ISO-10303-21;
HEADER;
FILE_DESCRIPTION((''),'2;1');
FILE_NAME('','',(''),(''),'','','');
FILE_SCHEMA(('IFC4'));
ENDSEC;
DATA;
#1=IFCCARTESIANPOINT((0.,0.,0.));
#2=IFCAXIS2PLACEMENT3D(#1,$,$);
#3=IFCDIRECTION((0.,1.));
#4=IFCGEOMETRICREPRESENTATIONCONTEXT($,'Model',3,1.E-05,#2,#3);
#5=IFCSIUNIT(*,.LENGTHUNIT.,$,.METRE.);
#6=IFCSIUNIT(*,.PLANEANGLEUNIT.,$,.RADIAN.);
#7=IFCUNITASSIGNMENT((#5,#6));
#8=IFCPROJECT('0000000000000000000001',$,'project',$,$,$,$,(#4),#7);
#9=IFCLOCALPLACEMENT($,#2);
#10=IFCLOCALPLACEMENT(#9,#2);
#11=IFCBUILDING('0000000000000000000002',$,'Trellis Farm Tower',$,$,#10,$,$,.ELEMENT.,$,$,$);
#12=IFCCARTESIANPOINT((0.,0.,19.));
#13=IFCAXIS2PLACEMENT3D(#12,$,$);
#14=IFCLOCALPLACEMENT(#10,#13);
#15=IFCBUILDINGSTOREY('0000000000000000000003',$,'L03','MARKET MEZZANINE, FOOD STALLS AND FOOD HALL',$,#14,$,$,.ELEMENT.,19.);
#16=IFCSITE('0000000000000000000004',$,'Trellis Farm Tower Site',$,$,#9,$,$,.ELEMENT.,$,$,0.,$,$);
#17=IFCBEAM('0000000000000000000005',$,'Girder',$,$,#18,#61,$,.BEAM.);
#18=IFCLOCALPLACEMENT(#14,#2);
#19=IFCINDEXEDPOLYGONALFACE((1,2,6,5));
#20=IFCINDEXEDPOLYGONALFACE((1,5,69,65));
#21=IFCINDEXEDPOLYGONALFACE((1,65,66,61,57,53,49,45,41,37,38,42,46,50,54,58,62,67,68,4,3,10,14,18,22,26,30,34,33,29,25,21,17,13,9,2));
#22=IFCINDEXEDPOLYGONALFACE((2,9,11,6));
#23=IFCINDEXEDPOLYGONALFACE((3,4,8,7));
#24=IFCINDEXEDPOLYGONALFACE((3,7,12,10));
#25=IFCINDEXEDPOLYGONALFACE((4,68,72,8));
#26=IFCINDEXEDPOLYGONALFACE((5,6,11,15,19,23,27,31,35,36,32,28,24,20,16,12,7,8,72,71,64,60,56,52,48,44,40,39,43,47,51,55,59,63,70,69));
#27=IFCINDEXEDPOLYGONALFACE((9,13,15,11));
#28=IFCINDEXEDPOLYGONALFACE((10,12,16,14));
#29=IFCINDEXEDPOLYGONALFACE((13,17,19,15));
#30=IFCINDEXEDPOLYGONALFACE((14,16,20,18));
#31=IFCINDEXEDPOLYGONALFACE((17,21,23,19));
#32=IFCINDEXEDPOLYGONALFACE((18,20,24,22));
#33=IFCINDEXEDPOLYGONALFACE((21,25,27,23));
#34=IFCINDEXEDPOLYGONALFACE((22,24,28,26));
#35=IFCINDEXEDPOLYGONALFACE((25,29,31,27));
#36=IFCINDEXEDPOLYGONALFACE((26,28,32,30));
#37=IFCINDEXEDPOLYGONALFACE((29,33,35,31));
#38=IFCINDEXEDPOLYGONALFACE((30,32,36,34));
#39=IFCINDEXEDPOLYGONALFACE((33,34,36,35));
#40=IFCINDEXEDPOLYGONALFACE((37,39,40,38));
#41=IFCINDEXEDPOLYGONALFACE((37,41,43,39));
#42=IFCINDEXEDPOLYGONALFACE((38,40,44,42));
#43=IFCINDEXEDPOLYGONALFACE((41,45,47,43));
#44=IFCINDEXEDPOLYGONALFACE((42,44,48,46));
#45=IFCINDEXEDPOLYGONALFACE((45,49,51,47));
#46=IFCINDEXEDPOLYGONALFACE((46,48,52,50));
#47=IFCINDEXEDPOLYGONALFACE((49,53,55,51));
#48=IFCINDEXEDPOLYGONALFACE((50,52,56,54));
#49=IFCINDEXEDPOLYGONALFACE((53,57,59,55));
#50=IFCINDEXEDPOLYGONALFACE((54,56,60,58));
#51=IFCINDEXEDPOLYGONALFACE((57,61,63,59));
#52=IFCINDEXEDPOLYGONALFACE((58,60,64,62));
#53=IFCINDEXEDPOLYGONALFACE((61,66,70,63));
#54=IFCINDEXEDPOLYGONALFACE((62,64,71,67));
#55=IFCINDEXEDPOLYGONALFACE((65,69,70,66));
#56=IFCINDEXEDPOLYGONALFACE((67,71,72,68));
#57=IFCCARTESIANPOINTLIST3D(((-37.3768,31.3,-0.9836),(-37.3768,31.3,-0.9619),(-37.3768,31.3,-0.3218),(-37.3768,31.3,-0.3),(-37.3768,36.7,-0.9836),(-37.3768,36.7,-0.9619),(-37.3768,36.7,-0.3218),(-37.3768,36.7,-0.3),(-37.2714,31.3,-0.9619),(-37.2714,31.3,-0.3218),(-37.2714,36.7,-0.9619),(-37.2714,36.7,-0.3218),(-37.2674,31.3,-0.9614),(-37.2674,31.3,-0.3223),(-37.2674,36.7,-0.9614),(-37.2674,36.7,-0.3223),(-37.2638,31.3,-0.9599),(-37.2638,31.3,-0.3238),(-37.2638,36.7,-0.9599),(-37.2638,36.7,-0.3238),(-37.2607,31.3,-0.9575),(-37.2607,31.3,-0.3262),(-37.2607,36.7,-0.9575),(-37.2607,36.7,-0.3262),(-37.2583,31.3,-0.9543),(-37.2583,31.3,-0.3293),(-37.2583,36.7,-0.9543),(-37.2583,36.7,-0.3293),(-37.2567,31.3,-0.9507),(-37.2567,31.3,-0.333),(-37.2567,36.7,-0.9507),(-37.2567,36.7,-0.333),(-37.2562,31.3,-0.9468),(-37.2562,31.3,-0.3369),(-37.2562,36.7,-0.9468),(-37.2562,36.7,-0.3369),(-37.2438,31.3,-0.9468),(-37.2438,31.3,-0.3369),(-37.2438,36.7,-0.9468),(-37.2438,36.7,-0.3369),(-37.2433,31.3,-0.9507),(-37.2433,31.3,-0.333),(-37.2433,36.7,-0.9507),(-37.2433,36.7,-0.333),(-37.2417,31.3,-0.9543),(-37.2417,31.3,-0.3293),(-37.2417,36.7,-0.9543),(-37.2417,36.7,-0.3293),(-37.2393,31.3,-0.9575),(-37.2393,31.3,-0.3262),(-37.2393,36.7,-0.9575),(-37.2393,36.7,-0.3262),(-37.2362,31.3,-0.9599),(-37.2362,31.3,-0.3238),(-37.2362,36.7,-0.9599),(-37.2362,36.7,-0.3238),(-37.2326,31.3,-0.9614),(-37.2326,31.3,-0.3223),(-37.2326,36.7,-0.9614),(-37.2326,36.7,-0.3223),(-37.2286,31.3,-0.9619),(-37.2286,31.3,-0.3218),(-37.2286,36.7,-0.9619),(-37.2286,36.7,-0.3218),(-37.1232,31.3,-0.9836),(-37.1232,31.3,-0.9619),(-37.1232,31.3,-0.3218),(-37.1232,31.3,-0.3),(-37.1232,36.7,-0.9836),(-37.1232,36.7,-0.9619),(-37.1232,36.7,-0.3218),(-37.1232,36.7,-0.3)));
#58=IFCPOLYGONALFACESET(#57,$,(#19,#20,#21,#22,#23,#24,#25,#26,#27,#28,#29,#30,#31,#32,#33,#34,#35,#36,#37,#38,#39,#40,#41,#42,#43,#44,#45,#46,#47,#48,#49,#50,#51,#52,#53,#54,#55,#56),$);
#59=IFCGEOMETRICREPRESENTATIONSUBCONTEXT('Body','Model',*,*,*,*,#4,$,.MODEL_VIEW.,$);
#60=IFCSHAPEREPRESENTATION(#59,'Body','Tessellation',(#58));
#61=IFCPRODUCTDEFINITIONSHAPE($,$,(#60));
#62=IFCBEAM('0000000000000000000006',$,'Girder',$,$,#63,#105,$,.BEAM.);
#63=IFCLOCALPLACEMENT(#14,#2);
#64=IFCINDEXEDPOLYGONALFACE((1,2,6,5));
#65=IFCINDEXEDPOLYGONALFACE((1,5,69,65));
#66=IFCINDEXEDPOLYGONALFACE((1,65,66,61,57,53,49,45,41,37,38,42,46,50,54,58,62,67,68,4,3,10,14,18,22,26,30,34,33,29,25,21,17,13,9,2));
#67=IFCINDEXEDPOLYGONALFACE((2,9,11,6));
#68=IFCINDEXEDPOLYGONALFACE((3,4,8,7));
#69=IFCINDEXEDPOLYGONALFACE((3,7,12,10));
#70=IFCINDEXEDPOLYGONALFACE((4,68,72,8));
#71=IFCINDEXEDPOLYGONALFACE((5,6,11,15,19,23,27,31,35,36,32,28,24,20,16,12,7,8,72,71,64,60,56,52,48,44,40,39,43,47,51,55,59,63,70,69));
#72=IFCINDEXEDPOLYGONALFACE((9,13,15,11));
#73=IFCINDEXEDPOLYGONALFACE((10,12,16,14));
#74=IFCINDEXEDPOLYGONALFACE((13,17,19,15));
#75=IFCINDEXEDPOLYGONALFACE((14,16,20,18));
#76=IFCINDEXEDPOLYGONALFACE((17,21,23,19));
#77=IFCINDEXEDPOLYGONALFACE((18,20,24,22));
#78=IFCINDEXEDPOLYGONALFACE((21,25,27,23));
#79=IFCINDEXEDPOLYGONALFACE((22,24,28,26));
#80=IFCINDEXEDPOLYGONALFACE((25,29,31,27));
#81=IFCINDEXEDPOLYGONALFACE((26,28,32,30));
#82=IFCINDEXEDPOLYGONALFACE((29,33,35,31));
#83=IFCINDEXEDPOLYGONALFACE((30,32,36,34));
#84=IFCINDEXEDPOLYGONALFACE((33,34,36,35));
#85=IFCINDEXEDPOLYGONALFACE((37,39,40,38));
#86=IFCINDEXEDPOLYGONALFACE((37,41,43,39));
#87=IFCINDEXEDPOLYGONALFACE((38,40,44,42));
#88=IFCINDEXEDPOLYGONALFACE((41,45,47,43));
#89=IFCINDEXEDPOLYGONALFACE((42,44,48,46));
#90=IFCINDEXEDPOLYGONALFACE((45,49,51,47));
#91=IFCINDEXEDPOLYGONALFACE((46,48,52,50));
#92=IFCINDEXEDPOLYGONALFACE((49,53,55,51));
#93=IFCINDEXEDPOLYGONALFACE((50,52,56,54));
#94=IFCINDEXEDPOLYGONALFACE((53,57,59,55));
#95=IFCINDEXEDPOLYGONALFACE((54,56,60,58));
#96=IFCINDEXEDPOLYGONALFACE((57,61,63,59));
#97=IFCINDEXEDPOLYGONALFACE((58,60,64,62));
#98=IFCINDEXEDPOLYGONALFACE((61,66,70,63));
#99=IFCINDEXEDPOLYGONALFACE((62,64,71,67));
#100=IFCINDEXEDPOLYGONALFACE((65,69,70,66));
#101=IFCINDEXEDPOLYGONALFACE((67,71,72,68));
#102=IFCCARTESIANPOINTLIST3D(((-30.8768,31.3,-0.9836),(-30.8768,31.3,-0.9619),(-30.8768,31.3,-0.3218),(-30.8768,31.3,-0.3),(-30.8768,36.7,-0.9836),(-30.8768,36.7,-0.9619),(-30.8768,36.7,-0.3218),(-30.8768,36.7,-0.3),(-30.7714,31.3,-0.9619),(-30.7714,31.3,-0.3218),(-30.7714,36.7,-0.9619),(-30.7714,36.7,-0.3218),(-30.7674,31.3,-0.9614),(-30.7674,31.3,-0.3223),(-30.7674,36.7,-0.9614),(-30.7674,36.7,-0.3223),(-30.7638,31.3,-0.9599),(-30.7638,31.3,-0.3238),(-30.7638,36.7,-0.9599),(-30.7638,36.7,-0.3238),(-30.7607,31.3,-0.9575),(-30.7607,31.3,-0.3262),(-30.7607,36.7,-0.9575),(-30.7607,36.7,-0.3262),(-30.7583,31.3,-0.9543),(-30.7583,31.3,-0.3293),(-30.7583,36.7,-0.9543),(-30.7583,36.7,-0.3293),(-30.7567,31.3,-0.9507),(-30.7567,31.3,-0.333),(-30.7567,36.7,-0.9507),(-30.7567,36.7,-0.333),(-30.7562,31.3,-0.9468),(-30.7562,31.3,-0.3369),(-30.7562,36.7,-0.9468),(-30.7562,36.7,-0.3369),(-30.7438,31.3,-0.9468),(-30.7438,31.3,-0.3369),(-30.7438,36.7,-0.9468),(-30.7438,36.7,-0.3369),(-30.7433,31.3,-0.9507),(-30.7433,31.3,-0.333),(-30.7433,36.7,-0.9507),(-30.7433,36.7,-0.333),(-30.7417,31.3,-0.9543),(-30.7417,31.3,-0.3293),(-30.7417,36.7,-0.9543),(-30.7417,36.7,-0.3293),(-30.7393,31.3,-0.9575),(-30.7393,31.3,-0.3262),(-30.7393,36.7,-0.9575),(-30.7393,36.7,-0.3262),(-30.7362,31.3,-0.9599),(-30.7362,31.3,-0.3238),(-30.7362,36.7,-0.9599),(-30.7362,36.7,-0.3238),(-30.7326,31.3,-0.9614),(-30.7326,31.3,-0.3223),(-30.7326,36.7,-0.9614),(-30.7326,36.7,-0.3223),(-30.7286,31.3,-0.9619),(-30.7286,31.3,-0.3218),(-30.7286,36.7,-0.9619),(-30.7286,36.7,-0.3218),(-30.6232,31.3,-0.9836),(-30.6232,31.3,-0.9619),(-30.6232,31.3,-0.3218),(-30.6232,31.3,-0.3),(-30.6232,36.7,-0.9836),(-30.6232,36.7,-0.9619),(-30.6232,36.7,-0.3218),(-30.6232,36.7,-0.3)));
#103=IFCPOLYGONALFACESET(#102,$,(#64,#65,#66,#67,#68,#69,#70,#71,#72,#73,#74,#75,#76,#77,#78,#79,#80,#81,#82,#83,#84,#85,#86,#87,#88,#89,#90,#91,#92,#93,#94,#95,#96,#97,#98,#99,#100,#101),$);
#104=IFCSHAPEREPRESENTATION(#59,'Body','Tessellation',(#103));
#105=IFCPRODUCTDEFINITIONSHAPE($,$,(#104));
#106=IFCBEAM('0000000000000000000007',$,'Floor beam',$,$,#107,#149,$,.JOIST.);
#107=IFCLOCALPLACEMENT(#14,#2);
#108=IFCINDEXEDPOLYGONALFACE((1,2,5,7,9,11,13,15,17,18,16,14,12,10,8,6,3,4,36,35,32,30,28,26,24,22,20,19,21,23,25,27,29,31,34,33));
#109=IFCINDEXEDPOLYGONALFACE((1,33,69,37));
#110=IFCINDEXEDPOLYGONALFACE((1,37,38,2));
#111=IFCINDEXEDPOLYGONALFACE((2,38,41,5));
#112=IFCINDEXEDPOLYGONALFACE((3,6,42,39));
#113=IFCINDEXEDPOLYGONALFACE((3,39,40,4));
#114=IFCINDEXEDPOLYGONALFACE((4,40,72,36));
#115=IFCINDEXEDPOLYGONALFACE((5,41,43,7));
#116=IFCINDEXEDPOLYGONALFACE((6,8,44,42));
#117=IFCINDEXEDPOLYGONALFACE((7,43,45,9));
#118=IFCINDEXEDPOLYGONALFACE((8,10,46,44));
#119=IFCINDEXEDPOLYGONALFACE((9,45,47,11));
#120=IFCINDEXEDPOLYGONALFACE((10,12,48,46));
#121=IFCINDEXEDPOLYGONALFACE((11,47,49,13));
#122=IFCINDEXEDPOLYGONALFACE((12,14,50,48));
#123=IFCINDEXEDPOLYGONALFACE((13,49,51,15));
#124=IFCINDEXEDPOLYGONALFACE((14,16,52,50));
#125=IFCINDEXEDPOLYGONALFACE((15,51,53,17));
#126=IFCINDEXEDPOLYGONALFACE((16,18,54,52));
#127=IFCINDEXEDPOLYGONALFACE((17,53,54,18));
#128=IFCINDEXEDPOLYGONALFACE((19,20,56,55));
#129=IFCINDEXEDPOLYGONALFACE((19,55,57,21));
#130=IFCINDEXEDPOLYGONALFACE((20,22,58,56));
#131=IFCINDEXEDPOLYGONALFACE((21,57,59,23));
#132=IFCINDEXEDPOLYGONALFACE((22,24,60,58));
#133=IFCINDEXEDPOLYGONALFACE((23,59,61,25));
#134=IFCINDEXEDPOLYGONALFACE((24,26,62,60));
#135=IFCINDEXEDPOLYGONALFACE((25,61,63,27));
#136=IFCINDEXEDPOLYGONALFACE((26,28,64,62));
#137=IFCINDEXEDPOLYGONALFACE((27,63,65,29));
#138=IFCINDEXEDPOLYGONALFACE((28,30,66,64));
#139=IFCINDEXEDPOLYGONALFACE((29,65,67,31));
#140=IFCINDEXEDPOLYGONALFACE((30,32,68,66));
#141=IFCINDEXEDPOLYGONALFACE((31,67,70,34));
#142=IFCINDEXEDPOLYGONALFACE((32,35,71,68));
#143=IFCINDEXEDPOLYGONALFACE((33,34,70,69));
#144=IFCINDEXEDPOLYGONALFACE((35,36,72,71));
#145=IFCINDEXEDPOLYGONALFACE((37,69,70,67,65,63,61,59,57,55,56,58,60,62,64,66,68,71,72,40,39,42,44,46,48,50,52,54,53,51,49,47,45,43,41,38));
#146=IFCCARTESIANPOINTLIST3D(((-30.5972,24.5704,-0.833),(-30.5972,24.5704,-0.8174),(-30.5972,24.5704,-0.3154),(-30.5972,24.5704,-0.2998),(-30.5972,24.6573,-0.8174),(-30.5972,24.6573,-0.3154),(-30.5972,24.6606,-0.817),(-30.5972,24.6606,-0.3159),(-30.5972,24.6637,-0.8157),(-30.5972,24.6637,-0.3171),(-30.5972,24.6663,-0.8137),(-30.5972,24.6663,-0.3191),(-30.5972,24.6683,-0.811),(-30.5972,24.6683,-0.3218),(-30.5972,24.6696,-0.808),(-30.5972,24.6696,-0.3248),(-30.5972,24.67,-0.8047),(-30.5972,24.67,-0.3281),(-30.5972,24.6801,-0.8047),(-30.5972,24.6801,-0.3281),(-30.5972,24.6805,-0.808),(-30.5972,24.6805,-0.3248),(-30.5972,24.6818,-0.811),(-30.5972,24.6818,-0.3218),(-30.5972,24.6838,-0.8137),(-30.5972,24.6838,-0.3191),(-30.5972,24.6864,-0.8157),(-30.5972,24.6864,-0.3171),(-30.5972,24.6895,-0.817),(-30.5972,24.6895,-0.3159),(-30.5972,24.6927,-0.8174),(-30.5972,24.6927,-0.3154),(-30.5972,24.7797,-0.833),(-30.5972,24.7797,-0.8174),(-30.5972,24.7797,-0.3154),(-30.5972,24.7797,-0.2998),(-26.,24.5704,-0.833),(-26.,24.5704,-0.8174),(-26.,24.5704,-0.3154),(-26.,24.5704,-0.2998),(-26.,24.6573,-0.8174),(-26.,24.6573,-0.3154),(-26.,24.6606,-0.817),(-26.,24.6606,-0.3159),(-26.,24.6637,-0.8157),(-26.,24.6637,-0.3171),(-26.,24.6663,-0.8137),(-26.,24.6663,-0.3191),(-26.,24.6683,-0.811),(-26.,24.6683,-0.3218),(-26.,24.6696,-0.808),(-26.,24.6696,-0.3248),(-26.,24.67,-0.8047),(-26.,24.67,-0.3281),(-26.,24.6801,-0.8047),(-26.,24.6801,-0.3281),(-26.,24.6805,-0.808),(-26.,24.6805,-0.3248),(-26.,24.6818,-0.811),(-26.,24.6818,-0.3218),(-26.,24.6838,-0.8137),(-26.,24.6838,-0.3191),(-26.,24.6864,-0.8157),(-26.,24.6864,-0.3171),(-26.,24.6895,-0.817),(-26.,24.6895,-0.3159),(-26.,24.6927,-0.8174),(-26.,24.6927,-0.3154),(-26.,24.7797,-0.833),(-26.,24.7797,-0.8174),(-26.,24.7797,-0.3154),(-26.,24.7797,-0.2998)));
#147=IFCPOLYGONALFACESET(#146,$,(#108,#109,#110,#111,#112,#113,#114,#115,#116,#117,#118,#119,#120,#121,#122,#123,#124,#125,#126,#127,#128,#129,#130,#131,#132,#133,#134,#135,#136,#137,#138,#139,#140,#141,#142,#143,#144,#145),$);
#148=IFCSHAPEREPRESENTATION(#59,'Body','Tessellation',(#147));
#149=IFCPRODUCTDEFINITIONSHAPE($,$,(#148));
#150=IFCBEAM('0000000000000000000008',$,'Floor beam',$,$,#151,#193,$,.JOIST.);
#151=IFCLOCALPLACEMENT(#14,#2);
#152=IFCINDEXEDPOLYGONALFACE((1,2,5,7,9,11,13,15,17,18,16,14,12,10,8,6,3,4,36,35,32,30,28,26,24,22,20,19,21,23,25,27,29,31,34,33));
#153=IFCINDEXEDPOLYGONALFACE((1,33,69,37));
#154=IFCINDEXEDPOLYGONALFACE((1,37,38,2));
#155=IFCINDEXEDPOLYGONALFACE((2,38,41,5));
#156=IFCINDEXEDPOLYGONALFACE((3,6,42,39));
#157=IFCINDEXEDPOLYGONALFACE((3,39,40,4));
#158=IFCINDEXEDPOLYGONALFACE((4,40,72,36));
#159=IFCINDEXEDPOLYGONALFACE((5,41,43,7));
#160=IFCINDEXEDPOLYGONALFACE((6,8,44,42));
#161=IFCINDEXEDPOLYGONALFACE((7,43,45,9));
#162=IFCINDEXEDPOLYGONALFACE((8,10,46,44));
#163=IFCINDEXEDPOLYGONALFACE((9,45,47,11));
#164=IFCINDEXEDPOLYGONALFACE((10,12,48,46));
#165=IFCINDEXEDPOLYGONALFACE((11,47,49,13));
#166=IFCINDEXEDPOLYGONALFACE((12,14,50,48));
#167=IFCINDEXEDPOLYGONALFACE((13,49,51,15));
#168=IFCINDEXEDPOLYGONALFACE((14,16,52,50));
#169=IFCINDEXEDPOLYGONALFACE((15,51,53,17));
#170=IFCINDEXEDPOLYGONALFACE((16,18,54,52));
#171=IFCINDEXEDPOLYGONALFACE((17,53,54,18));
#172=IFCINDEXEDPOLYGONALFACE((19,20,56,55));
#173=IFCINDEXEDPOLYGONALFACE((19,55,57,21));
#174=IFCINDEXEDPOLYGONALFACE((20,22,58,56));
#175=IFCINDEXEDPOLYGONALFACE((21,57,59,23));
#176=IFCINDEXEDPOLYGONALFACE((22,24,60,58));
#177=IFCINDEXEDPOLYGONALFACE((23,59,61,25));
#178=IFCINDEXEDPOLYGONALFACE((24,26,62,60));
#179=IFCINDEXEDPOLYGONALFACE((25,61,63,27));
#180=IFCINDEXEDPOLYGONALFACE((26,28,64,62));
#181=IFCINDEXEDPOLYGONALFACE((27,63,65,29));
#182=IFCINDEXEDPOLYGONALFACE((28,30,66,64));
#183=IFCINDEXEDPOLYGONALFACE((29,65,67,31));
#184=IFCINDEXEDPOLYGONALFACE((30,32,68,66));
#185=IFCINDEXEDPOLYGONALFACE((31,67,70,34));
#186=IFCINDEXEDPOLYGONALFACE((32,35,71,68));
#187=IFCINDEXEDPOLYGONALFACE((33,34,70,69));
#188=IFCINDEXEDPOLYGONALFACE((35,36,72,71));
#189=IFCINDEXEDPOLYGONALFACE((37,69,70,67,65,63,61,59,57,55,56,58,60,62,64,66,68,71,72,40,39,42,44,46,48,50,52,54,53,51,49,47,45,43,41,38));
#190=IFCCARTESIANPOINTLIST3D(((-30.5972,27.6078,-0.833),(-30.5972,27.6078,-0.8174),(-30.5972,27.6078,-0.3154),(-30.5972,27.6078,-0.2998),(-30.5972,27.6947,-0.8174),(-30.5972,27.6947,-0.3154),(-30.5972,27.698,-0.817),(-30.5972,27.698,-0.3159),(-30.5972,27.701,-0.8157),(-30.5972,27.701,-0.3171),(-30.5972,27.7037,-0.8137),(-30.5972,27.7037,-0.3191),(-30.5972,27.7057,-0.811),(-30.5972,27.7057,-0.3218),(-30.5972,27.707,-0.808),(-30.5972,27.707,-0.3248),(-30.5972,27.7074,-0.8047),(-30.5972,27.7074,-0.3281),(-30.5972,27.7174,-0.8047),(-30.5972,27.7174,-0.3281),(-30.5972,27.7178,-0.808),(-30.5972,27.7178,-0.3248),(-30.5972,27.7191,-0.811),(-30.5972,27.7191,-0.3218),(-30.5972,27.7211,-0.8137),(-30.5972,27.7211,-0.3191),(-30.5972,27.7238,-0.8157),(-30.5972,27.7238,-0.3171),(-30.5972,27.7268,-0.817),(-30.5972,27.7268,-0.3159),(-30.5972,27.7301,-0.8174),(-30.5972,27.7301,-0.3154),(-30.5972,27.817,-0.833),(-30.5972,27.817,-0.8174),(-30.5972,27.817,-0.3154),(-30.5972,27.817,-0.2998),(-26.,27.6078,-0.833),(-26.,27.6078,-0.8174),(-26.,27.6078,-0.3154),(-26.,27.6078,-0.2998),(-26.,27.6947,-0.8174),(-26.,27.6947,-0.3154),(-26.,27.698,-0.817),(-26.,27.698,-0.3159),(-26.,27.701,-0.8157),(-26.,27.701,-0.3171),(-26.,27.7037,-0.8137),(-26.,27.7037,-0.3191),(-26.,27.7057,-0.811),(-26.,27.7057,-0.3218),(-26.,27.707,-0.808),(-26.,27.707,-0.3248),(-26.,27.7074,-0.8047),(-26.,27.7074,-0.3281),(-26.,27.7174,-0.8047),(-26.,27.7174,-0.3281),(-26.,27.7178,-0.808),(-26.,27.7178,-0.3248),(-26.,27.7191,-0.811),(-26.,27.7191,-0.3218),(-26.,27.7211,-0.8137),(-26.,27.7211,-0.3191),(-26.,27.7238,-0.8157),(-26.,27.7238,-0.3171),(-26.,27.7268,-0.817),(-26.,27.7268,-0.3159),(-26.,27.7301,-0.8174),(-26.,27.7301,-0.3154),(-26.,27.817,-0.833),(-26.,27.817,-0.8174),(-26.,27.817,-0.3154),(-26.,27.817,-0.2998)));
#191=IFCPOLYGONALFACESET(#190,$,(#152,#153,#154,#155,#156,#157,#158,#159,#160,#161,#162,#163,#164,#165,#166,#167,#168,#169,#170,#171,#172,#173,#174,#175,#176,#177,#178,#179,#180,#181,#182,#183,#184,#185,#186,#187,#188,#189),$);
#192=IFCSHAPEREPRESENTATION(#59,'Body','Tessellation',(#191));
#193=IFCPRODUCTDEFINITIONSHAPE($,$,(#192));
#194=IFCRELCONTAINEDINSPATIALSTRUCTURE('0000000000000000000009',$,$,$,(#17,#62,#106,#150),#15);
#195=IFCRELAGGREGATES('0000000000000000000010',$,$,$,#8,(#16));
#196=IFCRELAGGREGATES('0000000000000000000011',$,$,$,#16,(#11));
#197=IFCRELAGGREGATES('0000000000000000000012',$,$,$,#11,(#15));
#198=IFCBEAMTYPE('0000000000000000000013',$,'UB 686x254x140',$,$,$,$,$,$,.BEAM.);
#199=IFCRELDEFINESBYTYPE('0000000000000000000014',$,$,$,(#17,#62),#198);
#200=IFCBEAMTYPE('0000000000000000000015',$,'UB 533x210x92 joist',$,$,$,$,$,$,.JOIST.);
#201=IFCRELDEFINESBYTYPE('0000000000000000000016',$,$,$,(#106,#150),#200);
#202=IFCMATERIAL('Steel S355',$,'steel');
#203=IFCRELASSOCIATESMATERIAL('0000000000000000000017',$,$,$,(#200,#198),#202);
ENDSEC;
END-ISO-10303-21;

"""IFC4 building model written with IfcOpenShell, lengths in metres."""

from ifc_helpers import new_model, si_unit, direction, frame, origin, origin_2d, place, context, subcontext, project, spatial, i_section, extrude, source, transform, mapped, material, material_profile, profile_set, type_object, element, save


model = new_model("IFC4")

# Units and contexts
model_context = context("Model", 3, precision=1e-05, world=origin(), true_north=direction((0.0, 1.0)))
body_context = subcontext(model_context, "Body", "Model", "MODEL_VIEW")
ifc_project = project(units=[si_unit("LENGTHUNIT", "METRE"), si_unit("PLANEANGLEUNIT", "RADIAN")], contexts=[model_context])

# Site, building, storey
site_placement = place(None, origin())
site = spatial("IfcSite", under=ifc_project, at=site_placement, Name="Trellis Farm Tower Site", CompositionType="ELEMENT", RefElevation=0.0)
building_placement = place(site_placement, origin())
building = spatial("IfcBuilding", under=site, at=building_placement, Name="Trellis Farm Tower", CompositionType="ELEMENT")
storey_placement = place(building_placement, frame((0.0, 0.0, 19.0)))
storey = spatial("IfcBuildingStorey", under=building, at=storey_placement, Name="L03", Description="MARKET MEZZANINE, FOOD STALLS AND FOOD HALL", CompositionType="ELEMENT", Elevation=19.0)

# Beams
ifc_material_1 = material(Name="Steel S355", Category="steel")
ifc_material_profile_1 = material_profile(ifc_material_1, i_section(OverallWidth=0.2092, OverallDepth=0.5332, WebThickness=0.01, FlangeThickness=0.0156, FilletRadius=0.0127, at=origin_2d()), Name="UB 533x210x92")
ifc_profile_set_1 = profile_set([ifc_material_profile_1], Name="Steel S355")
beam_type_1 = type_object("IfcBeamType", Name="UB 533x210x92 joist", PredefinedType="JOIST", material=ifc_profile_set_1)
ifc_material_profile_2 = material_profile(ifc_material_1, i_section(OverallWidth=0.2537, OverallDepth=0.6836, WebThickness=0.0125, FlangeThickness=0.0217, FilletRadius=0.0151, at=origin_2d()), Name="UB 686x254x140")
ifc_profile_set_2 = profile_set([ifc_material_profile_2], Name="Steel S355")
beam_type_2 = type_object("IfcBeamType", Name="UB 686x254x140", PredefinedType="BEAM", material=ifc_profile_set_2)
shared_shape_1 = source(origin(), body_context, "Body", "SweptSolid", [
    extrude(i_section(OverallWidth=0.2537, OverallDepth=0.6836, WebThickness=0.0125, FlangeThickness=0.0217, FilletRadius=0.0151, at=origin_2d()), origin(), (0.0, 0.0, 1.0), 5.3999),
])
for number, where, z_axis, x_axis, name in (
    (1, (-37.25, 31.3, -0.6418), (0.0, 1.0, 0.0), (-1.0, 0.0, 0.0), "Girder"),
    (2, (-30.75, 31.3, -0.6418), (0.0, 1.0, 0.0), (-1.0, 0.0, 0.0), "Girder"),
):
    element("IfcBeam", number, at=place(storey_placement, frame(where, z_axis=z_axis, x_axis=x_axis)), inside=storey, type_object=beam_type_2, Name=name, PredefinedType="BEAM", context=body_context, shape_type="MappedRepresentation", body=[
        mapped(shared_shape_1, transform((0.0, 0.0, 0.0))),
    ])
shared_shape_2 = source(origin(), body_context, "Body", "SweptSolid", [
    extrude(i_section(OverallWidth=0.2092, OverallDepth=0.5332, WebThickness=0.01, FlangeThickness=0.0156, FilletRadius=0.0127, at=origin_2d()), origin(), (0.0, 0.0, 1.0), 4.5972),
])
for number, where, z_axis, x_axis, name in (
    (3, (-30.5972, 24.675, -0.5664), (1.0, 0.0, 0.0), (0.0, 1.0, 0.0), "Floor beam"),
    (4, (-30.5972, 27.7124, -0.5664), (1.0, 0.0, 0.0), (0.0, 1.0, 0.0), "Floor beam"),
):
    element("IfcBeam", number, at=place(storey_placement, frame(where, z_axis=z_axis, x_axis=x_axis)), inside=storey, type_object=beam_type_1, Name=name, PredefinedType="JOIST", context=body_context, shape_type="MappedRepresentation", body=[
        mapped(shared_shape_2, transform((0.0, 0.0, 0.0))),
    ])

save(model, "model.ifc")
